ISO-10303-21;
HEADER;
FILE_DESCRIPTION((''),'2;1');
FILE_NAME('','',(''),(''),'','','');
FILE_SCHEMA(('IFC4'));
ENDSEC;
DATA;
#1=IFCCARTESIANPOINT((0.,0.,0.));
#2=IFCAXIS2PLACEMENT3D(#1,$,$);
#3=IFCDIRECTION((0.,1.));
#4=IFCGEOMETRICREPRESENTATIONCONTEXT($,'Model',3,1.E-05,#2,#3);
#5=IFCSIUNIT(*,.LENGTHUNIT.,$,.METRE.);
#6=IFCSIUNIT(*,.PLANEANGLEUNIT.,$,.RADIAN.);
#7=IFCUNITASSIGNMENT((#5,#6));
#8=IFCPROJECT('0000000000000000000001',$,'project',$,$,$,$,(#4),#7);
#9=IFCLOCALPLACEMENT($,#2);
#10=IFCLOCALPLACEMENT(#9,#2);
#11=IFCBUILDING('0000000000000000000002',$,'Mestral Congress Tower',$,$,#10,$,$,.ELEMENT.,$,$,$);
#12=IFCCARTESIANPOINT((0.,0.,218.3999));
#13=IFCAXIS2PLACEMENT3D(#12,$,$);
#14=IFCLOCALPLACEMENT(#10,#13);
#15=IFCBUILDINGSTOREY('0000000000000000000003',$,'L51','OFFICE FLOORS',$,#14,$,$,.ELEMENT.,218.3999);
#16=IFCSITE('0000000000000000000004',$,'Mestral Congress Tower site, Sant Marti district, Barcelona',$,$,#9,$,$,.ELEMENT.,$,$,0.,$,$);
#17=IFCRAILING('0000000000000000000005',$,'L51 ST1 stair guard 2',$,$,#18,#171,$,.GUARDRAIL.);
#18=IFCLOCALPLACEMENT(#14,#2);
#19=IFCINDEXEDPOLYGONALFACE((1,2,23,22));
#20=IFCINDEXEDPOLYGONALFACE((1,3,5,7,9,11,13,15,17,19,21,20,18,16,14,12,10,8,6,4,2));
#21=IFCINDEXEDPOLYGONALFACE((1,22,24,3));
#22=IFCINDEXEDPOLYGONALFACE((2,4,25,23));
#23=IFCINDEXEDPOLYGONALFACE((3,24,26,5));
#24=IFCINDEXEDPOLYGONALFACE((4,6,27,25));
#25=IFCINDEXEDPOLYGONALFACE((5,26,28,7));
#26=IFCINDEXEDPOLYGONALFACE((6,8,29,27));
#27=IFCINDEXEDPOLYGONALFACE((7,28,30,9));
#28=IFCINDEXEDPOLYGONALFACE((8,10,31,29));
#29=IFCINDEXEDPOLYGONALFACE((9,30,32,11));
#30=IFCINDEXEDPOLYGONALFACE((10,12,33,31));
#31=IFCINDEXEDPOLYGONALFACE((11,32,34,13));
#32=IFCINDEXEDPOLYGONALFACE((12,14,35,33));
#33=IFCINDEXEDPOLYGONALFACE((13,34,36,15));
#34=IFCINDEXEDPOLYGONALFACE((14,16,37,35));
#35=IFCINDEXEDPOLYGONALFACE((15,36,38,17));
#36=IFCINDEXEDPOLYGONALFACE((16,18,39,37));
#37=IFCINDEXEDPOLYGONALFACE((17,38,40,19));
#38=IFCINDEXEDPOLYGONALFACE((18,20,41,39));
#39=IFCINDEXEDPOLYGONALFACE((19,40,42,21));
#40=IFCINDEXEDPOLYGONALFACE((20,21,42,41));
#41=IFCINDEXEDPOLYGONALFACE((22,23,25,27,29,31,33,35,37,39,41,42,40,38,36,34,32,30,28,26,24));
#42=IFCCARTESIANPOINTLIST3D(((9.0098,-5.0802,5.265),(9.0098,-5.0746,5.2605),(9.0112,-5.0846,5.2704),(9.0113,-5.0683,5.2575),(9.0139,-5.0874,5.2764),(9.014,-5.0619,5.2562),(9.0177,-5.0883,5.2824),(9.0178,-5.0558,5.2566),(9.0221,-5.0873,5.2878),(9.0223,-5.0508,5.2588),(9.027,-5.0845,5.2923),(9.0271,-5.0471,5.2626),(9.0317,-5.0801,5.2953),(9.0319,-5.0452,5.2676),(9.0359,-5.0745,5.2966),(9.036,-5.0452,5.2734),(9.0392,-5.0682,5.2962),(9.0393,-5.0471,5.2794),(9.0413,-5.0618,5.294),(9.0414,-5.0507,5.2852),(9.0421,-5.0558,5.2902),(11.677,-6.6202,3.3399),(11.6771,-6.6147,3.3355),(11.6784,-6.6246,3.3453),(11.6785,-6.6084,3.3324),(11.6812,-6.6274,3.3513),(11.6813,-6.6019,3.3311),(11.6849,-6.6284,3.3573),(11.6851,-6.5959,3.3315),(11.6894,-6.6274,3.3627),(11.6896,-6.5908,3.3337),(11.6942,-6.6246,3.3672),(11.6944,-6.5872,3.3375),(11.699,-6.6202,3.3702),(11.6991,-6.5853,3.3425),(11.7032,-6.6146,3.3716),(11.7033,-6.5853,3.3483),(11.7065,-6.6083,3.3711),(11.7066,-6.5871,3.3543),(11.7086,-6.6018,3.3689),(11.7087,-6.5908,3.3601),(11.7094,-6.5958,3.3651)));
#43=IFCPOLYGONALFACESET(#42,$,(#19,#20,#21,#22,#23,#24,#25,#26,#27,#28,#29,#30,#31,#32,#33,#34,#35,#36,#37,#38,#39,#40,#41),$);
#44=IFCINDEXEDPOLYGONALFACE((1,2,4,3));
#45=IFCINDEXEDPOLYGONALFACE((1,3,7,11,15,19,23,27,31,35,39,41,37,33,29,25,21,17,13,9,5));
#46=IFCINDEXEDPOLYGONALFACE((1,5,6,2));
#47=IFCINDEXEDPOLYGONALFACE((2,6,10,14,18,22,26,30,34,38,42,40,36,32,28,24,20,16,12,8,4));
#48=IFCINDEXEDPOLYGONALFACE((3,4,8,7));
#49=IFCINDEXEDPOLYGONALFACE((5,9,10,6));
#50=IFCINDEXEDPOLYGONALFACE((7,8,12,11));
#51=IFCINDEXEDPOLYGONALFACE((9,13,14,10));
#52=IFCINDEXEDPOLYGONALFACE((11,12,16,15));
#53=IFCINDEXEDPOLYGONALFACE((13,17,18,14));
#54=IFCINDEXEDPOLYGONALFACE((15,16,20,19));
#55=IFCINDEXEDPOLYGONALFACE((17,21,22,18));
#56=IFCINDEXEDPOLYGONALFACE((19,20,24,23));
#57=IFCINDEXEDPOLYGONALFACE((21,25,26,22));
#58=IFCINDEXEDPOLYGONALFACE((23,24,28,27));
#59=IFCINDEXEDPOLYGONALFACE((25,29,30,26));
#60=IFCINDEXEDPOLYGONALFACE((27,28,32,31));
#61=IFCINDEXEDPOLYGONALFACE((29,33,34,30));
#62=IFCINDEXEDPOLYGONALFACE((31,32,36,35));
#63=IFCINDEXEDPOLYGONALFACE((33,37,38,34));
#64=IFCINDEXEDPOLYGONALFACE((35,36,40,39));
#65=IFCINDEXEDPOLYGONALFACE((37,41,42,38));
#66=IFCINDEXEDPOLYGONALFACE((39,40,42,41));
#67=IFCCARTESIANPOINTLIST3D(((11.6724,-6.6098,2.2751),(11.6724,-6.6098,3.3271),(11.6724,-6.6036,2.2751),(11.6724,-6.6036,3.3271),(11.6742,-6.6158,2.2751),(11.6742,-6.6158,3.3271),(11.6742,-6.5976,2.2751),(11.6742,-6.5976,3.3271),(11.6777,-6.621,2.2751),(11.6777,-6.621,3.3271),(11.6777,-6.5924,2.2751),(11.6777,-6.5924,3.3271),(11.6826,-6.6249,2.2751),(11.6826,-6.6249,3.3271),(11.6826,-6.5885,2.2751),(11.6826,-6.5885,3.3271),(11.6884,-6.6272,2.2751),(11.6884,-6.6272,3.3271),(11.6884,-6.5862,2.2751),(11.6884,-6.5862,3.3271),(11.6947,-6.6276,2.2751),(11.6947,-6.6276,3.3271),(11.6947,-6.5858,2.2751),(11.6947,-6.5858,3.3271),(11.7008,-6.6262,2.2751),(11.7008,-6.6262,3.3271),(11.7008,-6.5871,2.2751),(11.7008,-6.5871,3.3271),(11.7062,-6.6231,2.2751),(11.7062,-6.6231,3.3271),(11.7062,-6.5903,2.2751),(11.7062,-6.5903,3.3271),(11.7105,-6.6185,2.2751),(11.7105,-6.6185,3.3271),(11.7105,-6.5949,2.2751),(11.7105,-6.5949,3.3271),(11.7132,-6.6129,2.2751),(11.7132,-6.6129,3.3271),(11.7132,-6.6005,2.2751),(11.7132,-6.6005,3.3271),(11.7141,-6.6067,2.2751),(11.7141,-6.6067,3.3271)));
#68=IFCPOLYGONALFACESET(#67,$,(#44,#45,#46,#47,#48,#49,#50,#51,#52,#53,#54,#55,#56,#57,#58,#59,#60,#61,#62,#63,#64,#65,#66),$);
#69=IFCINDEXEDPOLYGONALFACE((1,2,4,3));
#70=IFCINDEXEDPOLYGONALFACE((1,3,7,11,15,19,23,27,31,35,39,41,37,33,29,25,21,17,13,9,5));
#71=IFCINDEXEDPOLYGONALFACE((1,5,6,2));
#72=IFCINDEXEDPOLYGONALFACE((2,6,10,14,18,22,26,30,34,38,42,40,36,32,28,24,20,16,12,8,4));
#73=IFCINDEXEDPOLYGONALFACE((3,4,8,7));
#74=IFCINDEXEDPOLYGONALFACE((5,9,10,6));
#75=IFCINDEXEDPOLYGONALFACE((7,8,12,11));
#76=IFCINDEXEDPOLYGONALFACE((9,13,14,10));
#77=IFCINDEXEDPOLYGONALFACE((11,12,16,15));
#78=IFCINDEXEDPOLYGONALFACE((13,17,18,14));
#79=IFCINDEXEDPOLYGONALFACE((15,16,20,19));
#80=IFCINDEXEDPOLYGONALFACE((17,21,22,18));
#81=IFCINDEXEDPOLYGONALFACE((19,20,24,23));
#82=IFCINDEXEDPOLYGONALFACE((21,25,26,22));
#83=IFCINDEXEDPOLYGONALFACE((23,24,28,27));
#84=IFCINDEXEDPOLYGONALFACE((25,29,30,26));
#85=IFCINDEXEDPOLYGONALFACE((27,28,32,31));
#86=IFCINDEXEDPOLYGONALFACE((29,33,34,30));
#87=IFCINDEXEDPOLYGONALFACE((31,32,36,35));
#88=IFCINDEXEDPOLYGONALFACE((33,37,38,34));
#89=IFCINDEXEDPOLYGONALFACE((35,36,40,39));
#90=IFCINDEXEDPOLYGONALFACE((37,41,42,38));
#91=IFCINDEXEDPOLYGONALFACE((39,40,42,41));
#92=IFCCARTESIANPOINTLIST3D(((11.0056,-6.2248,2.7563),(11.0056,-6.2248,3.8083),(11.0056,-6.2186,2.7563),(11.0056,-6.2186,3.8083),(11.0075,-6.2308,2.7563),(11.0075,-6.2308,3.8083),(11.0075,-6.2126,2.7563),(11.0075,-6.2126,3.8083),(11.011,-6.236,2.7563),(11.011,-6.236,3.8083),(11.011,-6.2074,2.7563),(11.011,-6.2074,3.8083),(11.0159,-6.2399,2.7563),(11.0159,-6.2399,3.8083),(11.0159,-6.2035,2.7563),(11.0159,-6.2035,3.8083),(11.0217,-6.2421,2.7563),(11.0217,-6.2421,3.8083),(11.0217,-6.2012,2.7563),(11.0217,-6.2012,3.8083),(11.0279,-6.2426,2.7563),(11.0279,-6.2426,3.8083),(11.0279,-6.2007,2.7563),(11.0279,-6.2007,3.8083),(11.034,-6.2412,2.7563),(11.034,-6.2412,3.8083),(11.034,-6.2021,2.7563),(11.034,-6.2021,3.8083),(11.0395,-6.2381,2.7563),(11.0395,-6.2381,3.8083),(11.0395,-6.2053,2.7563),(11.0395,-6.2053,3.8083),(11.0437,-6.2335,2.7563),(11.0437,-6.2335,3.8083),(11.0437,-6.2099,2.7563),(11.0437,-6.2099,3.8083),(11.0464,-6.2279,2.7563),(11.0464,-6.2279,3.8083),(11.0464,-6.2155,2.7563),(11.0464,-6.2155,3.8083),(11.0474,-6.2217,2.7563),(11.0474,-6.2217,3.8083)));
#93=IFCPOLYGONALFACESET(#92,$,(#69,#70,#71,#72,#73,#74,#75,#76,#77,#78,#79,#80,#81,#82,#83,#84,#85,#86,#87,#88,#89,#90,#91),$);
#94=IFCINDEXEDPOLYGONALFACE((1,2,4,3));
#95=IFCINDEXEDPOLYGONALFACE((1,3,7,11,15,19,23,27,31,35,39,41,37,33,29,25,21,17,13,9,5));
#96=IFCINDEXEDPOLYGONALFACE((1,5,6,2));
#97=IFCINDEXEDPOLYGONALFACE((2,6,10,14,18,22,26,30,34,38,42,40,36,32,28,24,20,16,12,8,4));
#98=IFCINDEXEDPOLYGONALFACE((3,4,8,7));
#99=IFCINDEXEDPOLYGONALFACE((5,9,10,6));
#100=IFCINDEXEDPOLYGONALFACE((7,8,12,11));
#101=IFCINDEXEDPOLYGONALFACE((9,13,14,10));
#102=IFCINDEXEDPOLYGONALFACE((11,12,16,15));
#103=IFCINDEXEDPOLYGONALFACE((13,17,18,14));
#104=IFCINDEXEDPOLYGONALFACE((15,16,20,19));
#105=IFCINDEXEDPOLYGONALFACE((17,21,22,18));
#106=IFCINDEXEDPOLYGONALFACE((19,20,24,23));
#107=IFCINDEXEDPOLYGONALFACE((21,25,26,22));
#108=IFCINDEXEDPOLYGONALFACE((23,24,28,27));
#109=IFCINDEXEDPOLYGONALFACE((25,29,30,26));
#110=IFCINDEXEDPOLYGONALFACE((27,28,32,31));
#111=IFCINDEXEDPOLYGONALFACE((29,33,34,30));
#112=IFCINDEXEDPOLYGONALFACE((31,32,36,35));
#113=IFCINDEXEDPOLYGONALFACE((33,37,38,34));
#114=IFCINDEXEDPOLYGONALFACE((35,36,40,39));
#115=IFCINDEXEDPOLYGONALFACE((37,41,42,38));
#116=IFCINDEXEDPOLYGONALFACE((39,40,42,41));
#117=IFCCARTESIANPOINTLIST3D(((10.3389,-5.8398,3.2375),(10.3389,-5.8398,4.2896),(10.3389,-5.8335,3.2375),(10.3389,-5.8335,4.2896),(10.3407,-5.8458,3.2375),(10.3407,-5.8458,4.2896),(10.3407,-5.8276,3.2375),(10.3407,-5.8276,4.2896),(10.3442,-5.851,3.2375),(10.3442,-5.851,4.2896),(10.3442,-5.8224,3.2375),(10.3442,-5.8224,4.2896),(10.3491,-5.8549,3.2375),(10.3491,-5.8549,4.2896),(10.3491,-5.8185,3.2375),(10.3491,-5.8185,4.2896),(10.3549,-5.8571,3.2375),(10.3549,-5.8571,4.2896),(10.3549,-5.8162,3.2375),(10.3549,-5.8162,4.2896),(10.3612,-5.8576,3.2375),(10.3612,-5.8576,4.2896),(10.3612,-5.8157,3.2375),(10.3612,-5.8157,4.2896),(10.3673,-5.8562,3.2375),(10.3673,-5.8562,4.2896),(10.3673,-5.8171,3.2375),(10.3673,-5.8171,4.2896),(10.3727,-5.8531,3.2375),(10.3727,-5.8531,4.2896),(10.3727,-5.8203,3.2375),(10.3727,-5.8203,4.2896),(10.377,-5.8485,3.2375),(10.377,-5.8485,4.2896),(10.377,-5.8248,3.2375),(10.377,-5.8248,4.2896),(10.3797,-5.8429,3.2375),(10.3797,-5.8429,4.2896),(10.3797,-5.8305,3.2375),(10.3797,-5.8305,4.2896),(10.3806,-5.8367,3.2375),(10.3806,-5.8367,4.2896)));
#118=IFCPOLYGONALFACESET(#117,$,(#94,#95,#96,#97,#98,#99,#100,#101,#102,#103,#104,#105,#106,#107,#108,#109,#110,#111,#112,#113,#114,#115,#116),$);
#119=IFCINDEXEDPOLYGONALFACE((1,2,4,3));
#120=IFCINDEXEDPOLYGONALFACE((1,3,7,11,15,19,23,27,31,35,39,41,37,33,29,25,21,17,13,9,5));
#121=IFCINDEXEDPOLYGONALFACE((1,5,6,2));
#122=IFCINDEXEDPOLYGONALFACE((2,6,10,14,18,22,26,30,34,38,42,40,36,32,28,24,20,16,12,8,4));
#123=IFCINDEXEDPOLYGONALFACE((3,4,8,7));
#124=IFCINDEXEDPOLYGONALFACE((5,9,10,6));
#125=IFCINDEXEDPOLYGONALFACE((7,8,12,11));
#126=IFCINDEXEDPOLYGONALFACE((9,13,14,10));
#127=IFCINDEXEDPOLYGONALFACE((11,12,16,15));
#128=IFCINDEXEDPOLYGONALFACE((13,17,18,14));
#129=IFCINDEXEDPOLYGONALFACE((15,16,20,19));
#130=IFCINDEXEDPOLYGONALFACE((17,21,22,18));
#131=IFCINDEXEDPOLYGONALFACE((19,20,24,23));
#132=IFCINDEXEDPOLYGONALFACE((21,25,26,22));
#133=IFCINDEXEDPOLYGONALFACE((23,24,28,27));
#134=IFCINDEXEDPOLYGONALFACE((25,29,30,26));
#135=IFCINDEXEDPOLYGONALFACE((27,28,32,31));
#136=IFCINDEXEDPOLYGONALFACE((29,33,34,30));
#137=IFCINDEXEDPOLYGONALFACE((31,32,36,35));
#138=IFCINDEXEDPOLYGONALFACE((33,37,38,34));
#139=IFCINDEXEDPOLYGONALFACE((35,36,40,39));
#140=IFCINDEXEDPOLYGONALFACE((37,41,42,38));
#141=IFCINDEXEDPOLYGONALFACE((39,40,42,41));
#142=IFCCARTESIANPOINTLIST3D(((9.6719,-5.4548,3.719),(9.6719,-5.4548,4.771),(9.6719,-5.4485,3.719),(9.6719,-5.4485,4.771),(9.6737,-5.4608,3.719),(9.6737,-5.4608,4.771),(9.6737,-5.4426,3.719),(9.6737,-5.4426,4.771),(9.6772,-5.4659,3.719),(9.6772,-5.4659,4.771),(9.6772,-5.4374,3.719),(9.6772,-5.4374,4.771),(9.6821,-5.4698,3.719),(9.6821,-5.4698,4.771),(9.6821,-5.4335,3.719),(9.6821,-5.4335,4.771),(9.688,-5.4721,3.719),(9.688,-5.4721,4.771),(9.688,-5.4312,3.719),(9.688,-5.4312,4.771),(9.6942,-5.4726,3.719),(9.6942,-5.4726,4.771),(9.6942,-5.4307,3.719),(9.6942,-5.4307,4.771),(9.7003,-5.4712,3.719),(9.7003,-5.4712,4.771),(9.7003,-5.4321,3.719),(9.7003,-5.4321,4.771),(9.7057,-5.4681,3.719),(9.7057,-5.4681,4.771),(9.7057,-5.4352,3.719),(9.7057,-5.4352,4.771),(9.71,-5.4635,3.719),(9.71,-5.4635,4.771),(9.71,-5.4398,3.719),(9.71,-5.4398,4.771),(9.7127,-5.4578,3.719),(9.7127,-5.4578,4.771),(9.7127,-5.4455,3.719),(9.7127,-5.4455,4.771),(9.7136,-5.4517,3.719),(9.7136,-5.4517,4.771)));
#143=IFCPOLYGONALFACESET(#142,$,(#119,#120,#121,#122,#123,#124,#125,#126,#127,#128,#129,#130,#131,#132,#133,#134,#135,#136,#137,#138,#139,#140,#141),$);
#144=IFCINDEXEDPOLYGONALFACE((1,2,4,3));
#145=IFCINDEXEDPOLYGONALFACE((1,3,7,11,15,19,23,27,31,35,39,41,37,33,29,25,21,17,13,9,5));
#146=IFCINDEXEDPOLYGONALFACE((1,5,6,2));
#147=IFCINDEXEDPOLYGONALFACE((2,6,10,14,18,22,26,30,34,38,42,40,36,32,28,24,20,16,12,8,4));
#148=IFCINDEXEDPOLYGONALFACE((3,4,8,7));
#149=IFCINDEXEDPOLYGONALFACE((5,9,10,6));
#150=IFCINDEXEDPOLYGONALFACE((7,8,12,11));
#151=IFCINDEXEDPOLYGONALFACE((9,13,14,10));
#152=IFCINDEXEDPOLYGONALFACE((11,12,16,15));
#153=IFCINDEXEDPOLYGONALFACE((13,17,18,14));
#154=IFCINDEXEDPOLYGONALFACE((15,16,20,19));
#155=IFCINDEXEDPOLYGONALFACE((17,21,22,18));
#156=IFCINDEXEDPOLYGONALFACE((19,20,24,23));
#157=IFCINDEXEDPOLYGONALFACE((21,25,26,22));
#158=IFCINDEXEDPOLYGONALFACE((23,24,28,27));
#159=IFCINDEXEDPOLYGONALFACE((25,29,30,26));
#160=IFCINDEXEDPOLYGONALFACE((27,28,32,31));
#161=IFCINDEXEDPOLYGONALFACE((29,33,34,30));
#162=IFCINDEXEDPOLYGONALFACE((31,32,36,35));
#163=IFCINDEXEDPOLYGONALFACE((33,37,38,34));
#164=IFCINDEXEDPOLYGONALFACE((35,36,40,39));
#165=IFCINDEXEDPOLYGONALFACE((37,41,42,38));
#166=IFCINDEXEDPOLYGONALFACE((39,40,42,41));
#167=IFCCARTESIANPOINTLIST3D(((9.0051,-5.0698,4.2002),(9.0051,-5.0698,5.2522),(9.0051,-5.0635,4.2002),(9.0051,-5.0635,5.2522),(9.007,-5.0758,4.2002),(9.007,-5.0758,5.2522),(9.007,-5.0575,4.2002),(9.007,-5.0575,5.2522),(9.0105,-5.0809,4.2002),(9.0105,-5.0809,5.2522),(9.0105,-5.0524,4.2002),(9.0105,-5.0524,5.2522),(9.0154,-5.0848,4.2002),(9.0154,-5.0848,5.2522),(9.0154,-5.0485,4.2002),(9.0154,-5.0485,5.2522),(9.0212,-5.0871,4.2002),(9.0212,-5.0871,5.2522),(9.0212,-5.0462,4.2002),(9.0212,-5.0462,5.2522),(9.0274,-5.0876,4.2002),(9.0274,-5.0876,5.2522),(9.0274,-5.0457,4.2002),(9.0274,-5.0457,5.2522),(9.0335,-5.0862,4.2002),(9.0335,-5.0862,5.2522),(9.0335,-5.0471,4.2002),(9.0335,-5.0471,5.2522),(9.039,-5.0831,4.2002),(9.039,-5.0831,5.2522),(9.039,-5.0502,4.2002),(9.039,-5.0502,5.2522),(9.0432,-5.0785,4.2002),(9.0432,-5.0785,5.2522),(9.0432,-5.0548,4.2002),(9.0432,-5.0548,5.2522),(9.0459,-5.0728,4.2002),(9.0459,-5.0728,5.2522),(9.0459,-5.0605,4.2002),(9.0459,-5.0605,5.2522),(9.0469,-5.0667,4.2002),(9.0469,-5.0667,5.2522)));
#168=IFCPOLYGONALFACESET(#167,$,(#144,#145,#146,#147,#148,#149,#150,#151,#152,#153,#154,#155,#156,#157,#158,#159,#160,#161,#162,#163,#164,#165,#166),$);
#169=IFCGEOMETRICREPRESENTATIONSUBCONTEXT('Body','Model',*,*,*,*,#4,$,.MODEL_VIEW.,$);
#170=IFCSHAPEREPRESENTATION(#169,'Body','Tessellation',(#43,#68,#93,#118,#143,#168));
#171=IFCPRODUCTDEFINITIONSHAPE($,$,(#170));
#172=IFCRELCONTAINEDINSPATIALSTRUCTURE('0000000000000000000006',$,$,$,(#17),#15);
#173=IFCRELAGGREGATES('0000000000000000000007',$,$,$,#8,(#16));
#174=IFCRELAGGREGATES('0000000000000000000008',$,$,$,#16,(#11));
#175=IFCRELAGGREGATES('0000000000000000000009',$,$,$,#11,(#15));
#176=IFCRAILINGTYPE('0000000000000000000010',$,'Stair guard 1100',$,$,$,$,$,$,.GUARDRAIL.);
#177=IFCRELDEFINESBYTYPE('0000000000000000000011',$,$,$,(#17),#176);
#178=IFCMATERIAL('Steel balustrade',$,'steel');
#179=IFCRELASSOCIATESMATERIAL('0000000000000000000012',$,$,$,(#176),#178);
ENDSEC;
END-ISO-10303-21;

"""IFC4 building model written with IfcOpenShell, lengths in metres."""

from ifc_helpers import new_model, si_unit, direction, frame, origin, origin_2d, place, context, subcontext, project, spatial, circle, extrude, material, type_object, element, save


model = new_model("IFC4")

# Units and contexts
model_context = context("Model", 3, precision=1e-05, world=origin(), true_north=direction((0.0, 1.0)))
body_context = subcontext(model_context, "Body", "Model", "MODEL_VIEW")
ifc_project = project(units=[si_unit("LENGTHUNIT", "METRE"), si_unit("PLANEANGLEUNIT", "RADIAN")], contexts=[model_context])

# Site, building, storey
site_placement = place(None, origin())
site = spatial("IfcSite", under=ifc_project, at=site_placement, Name="Mestral Congress Tower site, Sant Marti district, Barcelona", CompositionType="ELEMENT", RefElevation=0.0)
building_placement = place(site_placement, origin())
building = spatial("IfcBuilding", under=site, at=building_placement, Name="Mestral Congress Tower", CompositionType="ELEMENT")
storey_placement = place(building_placement, frame((0.0, 0.0, 218.3999)))
storey = spatial("IfcBuildingStorey", under=building, at=storey_placement, Name="L51", Description="OFFICE FLOORS", CompositionType="ELEMENT", Elevation=218.3999)

# Railing
ifc_material_1 = material(Name="Steel balustrade", Category="steel")
railing_type_1 = type_object("IfcRailingType", Name="Stair guard 1100", PredefinedType="GUARDRAIL", material=ifc_material_1)
railing_1_placement = place(storey_placement, frame((11.6931, -6.6067, 2.2751)))
element("IfcRailing", 1, at=railing_1_placement, inside=storey, type_object=railing_type_1, Name="L51 ST1 stair guard 2", PredefinedType="GUARDRAIL", context=body_context, shape_type="SweptSolid", body=[
    extrude(circle(Radius=0.0239, at=origin_2d()), frame((0.0, 0.0, 1.0762), z_axis=(-0.734364, 0.424015, 0.530019), x_axis=(-0.500027, -0.86601, 0.0)), (0.0, 0.0, 1.0), 3.6321),
    extrude(circle(Radius=0.021, at=origin_2d()), origin(), (0.0, 0.0, 1.0), 1.052),
    extrude(circle(Radius=0.021, at=origin_2d()), frame((-0.6667, 0.385, 0.4812)), (0.0, 0.0, 1.0), 1.052),
    extrude(circle(Radius=0.021, at=origin_2d()), frame((-1.3335, 0.77, 0.9624)), (0.0, 0.0, 1.0), 1.052),
    extrude(circle(Radius=0.021, at=origin_2d()), frame((-2.0005, 1.155, 1.4438)), (0.0, 0.0, 1.0), 1.052),
    extrude(circle(Radius=0.021, at=origin_2d()), frame((-2.6672, 1.54, 1.925)), (0.0, 0.0, 1.0), 1.052),
])

save(model, "model.ifc")
